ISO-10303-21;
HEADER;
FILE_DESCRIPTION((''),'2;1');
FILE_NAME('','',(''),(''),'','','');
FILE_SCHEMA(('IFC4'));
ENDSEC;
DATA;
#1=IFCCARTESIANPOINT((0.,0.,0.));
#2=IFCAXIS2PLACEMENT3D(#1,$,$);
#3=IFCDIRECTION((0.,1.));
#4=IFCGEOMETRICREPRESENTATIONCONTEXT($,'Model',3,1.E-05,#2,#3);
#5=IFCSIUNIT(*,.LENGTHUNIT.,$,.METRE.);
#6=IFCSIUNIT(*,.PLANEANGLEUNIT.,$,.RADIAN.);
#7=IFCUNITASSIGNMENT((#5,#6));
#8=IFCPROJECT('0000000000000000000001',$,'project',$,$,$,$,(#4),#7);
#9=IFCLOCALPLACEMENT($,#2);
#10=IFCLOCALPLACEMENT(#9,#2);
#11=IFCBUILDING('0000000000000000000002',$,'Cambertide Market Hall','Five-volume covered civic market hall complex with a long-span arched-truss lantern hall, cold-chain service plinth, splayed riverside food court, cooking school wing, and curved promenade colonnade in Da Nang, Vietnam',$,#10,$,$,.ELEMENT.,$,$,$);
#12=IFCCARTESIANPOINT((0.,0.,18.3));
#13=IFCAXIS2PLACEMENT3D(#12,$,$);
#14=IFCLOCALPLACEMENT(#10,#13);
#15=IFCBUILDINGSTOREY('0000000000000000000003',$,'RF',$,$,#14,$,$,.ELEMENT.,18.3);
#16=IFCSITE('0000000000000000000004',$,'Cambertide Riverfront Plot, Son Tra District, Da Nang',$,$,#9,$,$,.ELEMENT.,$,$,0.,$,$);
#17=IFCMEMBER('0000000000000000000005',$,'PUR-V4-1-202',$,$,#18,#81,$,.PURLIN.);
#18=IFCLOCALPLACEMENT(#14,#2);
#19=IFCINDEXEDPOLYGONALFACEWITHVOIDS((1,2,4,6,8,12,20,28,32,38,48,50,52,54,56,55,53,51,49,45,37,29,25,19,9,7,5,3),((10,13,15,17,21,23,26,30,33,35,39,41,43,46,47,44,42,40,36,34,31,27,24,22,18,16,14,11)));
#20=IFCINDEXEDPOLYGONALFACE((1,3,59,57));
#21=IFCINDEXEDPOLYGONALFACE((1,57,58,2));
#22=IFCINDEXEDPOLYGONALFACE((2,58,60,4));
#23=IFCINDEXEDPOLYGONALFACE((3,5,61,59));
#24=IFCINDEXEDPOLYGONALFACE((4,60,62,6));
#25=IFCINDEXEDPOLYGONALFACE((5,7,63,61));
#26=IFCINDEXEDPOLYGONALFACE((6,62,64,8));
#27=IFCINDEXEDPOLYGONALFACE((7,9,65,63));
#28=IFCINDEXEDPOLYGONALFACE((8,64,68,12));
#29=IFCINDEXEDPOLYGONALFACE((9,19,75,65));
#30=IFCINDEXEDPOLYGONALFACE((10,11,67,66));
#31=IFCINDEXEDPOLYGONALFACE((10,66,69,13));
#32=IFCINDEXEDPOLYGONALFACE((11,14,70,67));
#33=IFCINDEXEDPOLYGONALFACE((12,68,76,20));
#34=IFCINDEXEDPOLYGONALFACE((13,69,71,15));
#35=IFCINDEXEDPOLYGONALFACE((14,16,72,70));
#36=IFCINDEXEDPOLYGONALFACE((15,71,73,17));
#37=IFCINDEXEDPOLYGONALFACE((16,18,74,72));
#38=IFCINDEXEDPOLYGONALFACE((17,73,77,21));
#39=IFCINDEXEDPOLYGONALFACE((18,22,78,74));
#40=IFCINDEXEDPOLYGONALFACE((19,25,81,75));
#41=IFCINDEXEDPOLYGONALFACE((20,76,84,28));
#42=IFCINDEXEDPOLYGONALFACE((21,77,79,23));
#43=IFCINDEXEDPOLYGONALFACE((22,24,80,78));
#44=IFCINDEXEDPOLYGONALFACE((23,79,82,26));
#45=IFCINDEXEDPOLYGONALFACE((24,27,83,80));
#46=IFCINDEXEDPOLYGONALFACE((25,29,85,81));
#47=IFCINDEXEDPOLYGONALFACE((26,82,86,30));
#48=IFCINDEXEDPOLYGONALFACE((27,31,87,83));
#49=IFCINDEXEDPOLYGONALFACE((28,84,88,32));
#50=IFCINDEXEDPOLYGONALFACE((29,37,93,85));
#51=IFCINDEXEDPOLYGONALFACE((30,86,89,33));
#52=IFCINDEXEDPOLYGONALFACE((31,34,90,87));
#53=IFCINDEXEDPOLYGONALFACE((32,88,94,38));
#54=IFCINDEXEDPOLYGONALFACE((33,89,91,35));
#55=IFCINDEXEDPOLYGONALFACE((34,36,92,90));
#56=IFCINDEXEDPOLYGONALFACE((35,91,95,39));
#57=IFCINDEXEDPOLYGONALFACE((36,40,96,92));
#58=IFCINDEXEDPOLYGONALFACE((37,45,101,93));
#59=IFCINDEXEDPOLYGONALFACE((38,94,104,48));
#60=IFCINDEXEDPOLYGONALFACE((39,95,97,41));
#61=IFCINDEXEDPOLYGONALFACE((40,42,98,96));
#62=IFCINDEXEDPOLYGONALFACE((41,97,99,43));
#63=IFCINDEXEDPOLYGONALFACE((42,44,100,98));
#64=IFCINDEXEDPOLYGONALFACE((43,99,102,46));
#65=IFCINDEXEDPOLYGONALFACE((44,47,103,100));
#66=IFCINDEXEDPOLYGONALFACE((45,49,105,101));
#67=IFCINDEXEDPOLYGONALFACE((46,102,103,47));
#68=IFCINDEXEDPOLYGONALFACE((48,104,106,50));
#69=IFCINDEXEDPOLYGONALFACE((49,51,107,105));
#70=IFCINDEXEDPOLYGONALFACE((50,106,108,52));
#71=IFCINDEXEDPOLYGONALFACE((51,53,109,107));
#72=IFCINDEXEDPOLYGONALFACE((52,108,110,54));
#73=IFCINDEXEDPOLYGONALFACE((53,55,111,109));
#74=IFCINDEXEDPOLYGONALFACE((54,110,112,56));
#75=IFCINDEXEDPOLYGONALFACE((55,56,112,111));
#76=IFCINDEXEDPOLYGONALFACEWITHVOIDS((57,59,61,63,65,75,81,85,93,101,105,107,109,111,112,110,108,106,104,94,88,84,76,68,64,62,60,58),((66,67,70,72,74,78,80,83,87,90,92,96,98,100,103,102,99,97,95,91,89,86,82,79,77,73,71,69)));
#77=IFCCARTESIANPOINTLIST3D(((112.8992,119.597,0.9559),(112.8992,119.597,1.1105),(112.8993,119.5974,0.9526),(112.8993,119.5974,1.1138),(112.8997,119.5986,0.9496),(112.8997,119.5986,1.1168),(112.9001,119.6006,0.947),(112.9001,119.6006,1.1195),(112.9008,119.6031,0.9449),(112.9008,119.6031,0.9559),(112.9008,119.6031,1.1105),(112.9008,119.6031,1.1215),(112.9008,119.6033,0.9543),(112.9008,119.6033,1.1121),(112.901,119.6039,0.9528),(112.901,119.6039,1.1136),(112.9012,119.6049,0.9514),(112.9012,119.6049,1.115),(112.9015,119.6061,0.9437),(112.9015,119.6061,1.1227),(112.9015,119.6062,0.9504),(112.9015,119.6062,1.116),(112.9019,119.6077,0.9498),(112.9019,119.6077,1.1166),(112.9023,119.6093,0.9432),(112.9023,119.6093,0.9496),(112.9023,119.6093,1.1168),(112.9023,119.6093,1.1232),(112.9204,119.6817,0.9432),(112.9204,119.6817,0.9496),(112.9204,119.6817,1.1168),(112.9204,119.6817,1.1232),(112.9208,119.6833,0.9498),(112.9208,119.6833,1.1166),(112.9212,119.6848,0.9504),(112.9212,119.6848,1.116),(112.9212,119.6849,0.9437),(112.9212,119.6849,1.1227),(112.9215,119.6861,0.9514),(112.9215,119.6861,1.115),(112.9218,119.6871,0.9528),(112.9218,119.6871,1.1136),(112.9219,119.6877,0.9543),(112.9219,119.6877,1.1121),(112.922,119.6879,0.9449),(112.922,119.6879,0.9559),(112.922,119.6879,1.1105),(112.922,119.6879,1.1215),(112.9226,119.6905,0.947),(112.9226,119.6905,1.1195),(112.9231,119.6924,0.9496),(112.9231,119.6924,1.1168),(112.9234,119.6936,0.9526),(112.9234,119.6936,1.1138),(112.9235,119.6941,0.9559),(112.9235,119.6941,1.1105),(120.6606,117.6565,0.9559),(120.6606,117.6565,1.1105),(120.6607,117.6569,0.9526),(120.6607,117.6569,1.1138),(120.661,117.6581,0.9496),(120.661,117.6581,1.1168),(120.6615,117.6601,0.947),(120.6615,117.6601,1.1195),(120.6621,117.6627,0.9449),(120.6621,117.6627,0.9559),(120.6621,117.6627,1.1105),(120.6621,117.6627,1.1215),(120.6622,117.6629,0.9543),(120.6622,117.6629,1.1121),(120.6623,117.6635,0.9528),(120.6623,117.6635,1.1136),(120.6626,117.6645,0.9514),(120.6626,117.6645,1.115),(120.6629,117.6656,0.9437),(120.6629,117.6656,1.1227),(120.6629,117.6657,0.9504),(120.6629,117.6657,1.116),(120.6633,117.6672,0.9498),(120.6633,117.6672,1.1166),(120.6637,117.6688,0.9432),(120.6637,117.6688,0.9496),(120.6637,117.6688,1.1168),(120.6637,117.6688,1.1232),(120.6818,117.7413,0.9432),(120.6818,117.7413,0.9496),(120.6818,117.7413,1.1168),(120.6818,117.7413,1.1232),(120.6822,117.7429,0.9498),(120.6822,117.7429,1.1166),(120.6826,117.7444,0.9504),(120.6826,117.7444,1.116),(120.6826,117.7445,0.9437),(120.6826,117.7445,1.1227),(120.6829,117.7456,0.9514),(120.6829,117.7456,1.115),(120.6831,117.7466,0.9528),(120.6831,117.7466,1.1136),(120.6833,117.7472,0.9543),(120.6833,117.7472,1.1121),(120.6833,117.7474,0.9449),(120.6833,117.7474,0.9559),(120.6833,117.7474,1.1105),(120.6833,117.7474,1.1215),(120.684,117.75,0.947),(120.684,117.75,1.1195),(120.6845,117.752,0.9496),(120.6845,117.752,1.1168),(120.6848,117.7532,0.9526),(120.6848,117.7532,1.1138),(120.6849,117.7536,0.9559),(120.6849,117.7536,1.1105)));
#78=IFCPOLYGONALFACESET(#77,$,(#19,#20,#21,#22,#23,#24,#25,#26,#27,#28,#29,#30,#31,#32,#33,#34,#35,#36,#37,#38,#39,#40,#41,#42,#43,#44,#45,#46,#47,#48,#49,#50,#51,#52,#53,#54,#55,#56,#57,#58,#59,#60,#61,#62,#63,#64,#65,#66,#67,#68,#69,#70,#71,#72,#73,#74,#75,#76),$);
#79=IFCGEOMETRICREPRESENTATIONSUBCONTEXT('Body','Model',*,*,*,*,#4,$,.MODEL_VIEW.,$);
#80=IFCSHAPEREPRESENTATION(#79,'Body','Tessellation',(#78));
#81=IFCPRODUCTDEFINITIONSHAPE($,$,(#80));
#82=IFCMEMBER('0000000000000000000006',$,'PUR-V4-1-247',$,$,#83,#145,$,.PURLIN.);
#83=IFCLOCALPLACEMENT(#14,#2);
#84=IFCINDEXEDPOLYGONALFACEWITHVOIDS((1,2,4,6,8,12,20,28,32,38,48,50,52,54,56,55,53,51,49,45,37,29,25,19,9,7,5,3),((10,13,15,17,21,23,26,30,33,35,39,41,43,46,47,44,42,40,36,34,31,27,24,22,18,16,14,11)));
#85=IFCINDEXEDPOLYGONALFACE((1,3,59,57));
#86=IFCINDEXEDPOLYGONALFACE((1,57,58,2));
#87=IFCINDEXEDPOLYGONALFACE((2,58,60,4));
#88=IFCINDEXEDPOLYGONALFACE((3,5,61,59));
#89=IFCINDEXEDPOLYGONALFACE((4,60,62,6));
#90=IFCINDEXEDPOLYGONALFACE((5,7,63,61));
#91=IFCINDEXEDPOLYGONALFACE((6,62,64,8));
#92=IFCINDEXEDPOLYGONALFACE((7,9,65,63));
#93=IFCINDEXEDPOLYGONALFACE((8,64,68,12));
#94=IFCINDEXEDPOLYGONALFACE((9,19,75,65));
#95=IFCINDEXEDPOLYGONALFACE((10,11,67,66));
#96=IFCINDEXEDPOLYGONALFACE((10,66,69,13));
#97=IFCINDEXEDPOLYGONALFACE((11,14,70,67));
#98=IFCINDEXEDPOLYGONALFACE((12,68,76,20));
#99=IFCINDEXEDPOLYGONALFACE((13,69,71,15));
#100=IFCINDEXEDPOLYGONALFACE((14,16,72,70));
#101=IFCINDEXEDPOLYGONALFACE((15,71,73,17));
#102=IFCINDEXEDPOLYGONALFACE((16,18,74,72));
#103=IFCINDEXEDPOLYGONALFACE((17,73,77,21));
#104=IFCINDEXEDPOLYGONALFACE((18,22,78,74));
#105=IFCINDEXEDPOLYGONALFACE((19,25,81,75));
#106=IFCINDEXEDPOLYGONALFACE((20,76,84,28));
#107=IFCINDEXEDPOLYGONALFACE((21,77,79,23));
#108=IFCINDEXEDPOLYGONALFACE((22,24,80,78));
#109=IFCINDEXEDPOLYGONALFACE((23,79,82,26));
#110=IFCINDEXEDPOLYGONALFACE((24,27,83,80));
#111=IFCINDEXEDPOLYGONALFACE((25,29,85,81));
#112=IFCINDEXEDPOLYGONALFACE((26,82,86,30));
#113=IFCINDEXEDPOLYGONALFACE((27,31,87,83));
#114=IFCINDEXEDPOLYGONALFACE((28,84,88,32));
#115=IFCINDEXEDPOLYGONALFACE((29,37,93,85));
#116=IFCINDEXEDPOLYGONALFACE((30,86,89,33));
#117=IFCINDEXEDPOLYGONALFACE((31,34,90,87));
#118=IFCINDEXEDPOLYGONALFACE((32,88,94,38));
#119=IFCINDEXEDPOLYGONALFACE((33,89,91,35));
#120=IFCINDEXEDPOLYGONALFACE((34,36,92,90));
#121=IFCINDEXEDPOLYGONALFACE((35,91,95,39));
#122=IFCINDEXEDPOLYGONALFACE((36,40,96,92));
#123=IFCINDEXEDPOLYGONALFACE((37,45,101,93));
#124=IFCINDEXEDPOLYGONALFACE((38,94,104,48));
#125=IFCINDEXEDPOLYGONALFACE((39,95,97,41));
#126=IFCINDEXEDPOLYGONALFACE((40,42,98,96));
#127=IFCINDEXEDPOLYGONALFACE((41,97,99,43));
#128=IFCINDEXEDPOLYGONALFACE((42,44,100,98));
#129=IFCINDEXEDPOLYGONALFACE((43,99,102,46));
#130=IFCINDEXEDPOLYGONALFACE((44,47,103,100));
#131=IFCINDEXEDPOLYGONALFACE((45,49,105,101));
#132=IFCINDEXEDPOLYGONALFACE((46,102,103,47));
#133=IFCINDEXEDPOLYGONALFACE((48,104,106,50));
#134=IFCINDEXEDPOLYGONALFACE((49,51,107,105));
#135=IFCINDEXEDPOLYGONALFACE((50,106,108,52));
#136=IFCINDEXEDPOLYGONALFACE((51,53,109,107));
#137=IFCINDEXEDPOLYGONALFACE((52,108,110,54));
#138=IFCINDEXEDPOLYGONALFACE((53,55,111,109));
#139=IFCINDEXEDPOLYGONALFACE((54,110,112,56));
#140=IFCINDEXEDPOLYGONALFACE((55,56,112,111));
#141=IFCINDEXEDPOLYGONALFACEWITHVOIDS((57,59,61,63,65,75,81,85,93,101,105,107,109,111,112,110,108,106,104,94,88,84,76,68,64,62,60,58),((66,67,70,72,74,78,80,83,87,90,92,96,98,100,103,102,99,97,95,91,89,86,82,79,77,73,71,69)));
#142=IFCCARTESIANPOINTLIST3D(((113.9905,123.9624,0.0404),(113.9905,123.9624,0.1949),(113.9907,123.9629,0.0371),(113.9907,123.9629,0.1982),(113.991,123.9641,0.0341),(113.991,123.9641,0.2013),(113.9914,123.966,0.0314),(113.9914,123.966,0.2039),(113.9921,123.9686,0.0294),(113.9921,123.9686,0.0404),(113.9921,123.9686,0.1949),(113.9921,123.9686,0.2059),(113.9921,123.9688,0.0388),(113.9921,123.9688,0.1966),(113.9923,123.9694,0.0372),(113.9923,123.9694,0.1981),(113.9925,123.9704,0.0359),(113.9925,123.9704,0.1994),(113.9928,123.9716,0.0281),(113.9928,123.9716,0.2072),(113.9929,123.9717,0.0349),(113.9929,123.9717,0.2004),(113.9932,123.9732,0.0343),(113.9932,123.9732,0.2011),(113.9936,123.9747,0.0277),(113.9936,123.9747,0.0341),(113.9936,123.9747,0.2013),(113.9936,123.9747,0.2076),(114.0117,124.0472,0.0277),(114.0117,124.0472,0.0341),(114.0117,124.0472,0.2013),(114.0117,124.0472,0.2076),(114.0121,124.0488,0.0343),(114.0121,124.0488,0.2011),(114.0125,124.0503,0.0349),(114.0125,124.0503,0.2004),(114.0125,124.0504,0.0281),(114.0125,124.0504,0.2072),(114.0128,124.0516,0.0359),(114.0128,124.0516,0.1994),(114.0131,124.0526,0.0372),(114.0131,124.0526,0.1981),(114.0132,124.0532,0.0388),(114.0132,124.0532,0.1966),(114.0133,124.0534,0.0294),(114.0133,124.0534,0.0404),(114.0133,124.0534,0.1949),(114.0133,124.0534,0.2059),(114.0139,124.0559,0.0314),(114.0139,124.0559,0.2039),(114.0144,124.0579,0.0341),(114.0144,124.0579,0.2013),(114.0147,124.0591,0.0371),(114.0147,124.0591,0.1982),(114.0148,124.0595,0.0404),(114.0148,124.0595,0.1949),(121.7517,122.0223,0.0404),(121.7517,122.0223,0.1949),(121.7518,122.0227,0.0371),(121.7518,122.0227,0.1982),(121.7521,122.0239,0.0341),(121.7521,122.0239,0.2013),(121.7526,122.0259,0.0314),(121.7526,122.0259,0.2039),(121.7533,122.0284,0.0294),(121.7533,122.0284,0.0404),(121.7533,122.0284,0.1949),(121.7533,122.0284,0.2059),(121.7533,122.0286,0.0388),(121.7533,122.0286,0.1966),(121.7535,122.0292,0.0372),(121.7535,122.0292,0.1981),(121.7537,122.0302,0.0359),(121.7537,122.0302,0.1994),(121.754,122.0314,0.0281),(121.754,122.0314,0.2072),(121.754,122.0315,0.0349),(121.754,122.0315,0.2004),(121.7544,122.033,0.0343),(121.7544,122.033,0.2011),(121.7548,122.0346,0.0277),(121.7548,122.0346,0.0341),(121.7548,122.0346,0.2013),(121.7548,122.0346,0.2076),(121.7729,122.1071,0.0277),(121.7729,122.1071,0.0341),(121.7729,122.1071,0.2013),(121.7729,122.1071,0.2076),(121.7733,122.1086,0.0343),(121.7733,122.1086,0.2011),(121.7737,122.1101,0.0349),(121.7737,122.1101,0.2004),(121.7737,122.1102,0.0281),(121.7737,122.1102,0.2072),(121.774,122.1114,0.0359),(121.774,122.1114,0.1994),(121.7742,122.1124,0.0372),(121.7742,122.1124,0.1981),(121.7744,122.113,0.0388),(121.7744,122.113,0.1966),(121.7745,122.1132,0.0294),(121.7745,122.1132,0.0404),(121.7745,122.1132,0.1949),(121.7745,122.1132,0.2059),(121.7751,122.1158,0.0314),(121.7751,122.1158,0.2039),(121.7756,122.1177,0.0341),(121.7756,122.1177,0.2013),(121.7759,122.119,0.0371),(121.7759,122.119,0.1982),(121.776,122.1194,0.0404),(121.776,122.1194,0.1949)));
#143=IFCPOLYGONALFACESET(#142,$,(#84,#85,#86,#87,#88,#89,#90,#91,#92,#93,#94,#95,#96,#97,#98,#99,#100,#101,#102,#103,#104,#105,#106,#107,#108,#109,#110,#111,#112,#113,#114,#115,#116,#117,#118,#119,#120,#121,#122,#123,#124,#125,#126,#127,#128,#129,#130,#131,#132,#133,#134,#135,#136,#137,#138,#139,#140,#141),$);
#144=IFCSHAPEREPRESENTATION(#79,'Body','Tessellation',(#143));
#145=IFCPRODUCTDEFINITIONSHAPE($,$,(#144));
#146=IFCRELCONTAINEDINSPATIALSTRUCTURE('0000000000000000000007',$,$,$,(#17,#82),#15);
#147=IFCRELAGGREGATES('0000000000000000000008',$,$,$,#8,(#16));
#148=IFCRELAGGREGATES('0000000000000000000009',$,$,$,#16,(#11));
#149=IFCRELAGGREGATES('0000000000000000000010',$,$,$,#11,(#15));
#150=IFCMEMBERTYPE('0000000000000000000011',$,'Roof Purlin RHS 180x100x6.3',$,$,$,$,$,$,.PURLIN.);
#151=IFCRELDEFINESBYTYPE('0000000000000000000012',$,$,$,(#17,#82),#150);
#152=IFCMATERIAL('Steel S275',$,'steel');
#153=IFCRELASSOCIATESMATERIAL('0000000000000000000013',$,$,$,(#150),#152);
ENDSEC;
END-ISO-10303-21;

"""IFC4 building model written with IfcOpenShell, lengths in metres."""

from ifc_helpers import new_model, si_unit, direction, frame, origin, origin_2d, place, context, subcontext, project, spatial, hollow_rectangle, extrude, material, material_profile, profile_set, type_object, element, save


model = new_model("IFC4")

# Units and contexts
model_context = context("Model", 3, precision=1e-05, world=origin(), true_north=direction((0.0, 1.0)))
body_context = subcontext(model_context, "Body", "Model", "MODEL_VIEW")
ifc_project = project(units=[si_unit("LENGTHUNIT", "METRE"), si_unit("PLANEANGLEUNIT", "RADIAN")], contexts=[model_context])

# Site, building, storey
site_placement = place(None, origin())
site = spatial("IfcSite", under=ifc_project, at=site_placement, Name="Cambertide Riverfront Plot, Son Tra District, Da Nang", CompositionType="ELEMENT", RefElevation=0.0)
building_placement = place(site_placement, origin())
building = spatial("IfcBuilding", under=site, at=building_placement, Name="Cambertide Market Hall", Description="Five-volume covered civic market hall complex with a long-span arched-truss lantern hall, cold-chain service plinth, splayed riverside food court, cooking school wing, and curved promenade colonnade in Da Nang, Vietnam", CompositionType="ELEMENT")
storey_placement = place(building_placement, frame((0.0, 0.0, 18.3)))
storey = spatial("IfcBuildingStorey", under=building, at=storey_placement, Name="RF", CompositionType="ELEMENT", Elevation=18.3)

# Members
ifc_material_1 = material(Name="Steel S275", Category="steel")
ifc_material_profile_1 = material_profile(ifc_material_1, hollow_rectangle(XDim=0.1001, YDim=0.1799, WallThickness=0.0063, InnerFilletRadius=0.0063, OuterFilletRadius=0.0127, at=origin_2d()), Name="RHS 180x100x6.3")
ifc_profile_set_1 = profile_set([ifc_material_profile_1], Name="Steel S275")
member_type_1 = type_object("IfcMemberType", Name="Roof Purlin RHS 180x100x6.3", PredefinedType="PURLIN", material=ifc_profile_set_1)
for number, where, z_axis, x_axis, name in (
    (1, (112.9114, 119.6455, 1.0332), (0.970139, -0.24255, 0.0), (0.24255, 0.970139, 0.0), "PUR-V4-1-202"),
):
    element("IfcMember", number, at=place(storey_placement, frame(where, z_axis=z_axis, x_axis=x_axis)), inside=storey, type_object=member_type_1, Name=name, PredefinedType="PURLIN", context=body_context, shape_type="SweptSolid", body=[
        extrude(hollow_rectangle(XDim=0.1001, YDim=0.1799, WallThickness=0.0063, InnerFilletRadius=0.0063, OuterFilletRadius=0.0127, at=origin_2d()), origin(), (0.0, 0.0, 1.0), 8.0002),
    ])
member_1_placement = place(storey_placement, frame((114.0027, 124.011, 0.1177), z_axis=(0.970146, -0.242521, 0.0), x_axis=(0.242521, 0.970146, 0.0)))
element("IfcMember", 2, at=member_1_placement, inside=storey, type_object=member_type_1, Name="PUR-V4-1-247", PredefinedType="PURLIN", context=body_context, shape_type="SweptSolid", body=[
    extrude(hollow_rectangle(XDim=0.1001, YDim=0.1799, WallThickness=0.0063, InnerFilletRadius=0.0063, OuterFilletRadius=0.0127, at=origin_2d()), origin(), (0.0, 0.0, 1.0), 8.0),
])

save(model, "model.ifc")
